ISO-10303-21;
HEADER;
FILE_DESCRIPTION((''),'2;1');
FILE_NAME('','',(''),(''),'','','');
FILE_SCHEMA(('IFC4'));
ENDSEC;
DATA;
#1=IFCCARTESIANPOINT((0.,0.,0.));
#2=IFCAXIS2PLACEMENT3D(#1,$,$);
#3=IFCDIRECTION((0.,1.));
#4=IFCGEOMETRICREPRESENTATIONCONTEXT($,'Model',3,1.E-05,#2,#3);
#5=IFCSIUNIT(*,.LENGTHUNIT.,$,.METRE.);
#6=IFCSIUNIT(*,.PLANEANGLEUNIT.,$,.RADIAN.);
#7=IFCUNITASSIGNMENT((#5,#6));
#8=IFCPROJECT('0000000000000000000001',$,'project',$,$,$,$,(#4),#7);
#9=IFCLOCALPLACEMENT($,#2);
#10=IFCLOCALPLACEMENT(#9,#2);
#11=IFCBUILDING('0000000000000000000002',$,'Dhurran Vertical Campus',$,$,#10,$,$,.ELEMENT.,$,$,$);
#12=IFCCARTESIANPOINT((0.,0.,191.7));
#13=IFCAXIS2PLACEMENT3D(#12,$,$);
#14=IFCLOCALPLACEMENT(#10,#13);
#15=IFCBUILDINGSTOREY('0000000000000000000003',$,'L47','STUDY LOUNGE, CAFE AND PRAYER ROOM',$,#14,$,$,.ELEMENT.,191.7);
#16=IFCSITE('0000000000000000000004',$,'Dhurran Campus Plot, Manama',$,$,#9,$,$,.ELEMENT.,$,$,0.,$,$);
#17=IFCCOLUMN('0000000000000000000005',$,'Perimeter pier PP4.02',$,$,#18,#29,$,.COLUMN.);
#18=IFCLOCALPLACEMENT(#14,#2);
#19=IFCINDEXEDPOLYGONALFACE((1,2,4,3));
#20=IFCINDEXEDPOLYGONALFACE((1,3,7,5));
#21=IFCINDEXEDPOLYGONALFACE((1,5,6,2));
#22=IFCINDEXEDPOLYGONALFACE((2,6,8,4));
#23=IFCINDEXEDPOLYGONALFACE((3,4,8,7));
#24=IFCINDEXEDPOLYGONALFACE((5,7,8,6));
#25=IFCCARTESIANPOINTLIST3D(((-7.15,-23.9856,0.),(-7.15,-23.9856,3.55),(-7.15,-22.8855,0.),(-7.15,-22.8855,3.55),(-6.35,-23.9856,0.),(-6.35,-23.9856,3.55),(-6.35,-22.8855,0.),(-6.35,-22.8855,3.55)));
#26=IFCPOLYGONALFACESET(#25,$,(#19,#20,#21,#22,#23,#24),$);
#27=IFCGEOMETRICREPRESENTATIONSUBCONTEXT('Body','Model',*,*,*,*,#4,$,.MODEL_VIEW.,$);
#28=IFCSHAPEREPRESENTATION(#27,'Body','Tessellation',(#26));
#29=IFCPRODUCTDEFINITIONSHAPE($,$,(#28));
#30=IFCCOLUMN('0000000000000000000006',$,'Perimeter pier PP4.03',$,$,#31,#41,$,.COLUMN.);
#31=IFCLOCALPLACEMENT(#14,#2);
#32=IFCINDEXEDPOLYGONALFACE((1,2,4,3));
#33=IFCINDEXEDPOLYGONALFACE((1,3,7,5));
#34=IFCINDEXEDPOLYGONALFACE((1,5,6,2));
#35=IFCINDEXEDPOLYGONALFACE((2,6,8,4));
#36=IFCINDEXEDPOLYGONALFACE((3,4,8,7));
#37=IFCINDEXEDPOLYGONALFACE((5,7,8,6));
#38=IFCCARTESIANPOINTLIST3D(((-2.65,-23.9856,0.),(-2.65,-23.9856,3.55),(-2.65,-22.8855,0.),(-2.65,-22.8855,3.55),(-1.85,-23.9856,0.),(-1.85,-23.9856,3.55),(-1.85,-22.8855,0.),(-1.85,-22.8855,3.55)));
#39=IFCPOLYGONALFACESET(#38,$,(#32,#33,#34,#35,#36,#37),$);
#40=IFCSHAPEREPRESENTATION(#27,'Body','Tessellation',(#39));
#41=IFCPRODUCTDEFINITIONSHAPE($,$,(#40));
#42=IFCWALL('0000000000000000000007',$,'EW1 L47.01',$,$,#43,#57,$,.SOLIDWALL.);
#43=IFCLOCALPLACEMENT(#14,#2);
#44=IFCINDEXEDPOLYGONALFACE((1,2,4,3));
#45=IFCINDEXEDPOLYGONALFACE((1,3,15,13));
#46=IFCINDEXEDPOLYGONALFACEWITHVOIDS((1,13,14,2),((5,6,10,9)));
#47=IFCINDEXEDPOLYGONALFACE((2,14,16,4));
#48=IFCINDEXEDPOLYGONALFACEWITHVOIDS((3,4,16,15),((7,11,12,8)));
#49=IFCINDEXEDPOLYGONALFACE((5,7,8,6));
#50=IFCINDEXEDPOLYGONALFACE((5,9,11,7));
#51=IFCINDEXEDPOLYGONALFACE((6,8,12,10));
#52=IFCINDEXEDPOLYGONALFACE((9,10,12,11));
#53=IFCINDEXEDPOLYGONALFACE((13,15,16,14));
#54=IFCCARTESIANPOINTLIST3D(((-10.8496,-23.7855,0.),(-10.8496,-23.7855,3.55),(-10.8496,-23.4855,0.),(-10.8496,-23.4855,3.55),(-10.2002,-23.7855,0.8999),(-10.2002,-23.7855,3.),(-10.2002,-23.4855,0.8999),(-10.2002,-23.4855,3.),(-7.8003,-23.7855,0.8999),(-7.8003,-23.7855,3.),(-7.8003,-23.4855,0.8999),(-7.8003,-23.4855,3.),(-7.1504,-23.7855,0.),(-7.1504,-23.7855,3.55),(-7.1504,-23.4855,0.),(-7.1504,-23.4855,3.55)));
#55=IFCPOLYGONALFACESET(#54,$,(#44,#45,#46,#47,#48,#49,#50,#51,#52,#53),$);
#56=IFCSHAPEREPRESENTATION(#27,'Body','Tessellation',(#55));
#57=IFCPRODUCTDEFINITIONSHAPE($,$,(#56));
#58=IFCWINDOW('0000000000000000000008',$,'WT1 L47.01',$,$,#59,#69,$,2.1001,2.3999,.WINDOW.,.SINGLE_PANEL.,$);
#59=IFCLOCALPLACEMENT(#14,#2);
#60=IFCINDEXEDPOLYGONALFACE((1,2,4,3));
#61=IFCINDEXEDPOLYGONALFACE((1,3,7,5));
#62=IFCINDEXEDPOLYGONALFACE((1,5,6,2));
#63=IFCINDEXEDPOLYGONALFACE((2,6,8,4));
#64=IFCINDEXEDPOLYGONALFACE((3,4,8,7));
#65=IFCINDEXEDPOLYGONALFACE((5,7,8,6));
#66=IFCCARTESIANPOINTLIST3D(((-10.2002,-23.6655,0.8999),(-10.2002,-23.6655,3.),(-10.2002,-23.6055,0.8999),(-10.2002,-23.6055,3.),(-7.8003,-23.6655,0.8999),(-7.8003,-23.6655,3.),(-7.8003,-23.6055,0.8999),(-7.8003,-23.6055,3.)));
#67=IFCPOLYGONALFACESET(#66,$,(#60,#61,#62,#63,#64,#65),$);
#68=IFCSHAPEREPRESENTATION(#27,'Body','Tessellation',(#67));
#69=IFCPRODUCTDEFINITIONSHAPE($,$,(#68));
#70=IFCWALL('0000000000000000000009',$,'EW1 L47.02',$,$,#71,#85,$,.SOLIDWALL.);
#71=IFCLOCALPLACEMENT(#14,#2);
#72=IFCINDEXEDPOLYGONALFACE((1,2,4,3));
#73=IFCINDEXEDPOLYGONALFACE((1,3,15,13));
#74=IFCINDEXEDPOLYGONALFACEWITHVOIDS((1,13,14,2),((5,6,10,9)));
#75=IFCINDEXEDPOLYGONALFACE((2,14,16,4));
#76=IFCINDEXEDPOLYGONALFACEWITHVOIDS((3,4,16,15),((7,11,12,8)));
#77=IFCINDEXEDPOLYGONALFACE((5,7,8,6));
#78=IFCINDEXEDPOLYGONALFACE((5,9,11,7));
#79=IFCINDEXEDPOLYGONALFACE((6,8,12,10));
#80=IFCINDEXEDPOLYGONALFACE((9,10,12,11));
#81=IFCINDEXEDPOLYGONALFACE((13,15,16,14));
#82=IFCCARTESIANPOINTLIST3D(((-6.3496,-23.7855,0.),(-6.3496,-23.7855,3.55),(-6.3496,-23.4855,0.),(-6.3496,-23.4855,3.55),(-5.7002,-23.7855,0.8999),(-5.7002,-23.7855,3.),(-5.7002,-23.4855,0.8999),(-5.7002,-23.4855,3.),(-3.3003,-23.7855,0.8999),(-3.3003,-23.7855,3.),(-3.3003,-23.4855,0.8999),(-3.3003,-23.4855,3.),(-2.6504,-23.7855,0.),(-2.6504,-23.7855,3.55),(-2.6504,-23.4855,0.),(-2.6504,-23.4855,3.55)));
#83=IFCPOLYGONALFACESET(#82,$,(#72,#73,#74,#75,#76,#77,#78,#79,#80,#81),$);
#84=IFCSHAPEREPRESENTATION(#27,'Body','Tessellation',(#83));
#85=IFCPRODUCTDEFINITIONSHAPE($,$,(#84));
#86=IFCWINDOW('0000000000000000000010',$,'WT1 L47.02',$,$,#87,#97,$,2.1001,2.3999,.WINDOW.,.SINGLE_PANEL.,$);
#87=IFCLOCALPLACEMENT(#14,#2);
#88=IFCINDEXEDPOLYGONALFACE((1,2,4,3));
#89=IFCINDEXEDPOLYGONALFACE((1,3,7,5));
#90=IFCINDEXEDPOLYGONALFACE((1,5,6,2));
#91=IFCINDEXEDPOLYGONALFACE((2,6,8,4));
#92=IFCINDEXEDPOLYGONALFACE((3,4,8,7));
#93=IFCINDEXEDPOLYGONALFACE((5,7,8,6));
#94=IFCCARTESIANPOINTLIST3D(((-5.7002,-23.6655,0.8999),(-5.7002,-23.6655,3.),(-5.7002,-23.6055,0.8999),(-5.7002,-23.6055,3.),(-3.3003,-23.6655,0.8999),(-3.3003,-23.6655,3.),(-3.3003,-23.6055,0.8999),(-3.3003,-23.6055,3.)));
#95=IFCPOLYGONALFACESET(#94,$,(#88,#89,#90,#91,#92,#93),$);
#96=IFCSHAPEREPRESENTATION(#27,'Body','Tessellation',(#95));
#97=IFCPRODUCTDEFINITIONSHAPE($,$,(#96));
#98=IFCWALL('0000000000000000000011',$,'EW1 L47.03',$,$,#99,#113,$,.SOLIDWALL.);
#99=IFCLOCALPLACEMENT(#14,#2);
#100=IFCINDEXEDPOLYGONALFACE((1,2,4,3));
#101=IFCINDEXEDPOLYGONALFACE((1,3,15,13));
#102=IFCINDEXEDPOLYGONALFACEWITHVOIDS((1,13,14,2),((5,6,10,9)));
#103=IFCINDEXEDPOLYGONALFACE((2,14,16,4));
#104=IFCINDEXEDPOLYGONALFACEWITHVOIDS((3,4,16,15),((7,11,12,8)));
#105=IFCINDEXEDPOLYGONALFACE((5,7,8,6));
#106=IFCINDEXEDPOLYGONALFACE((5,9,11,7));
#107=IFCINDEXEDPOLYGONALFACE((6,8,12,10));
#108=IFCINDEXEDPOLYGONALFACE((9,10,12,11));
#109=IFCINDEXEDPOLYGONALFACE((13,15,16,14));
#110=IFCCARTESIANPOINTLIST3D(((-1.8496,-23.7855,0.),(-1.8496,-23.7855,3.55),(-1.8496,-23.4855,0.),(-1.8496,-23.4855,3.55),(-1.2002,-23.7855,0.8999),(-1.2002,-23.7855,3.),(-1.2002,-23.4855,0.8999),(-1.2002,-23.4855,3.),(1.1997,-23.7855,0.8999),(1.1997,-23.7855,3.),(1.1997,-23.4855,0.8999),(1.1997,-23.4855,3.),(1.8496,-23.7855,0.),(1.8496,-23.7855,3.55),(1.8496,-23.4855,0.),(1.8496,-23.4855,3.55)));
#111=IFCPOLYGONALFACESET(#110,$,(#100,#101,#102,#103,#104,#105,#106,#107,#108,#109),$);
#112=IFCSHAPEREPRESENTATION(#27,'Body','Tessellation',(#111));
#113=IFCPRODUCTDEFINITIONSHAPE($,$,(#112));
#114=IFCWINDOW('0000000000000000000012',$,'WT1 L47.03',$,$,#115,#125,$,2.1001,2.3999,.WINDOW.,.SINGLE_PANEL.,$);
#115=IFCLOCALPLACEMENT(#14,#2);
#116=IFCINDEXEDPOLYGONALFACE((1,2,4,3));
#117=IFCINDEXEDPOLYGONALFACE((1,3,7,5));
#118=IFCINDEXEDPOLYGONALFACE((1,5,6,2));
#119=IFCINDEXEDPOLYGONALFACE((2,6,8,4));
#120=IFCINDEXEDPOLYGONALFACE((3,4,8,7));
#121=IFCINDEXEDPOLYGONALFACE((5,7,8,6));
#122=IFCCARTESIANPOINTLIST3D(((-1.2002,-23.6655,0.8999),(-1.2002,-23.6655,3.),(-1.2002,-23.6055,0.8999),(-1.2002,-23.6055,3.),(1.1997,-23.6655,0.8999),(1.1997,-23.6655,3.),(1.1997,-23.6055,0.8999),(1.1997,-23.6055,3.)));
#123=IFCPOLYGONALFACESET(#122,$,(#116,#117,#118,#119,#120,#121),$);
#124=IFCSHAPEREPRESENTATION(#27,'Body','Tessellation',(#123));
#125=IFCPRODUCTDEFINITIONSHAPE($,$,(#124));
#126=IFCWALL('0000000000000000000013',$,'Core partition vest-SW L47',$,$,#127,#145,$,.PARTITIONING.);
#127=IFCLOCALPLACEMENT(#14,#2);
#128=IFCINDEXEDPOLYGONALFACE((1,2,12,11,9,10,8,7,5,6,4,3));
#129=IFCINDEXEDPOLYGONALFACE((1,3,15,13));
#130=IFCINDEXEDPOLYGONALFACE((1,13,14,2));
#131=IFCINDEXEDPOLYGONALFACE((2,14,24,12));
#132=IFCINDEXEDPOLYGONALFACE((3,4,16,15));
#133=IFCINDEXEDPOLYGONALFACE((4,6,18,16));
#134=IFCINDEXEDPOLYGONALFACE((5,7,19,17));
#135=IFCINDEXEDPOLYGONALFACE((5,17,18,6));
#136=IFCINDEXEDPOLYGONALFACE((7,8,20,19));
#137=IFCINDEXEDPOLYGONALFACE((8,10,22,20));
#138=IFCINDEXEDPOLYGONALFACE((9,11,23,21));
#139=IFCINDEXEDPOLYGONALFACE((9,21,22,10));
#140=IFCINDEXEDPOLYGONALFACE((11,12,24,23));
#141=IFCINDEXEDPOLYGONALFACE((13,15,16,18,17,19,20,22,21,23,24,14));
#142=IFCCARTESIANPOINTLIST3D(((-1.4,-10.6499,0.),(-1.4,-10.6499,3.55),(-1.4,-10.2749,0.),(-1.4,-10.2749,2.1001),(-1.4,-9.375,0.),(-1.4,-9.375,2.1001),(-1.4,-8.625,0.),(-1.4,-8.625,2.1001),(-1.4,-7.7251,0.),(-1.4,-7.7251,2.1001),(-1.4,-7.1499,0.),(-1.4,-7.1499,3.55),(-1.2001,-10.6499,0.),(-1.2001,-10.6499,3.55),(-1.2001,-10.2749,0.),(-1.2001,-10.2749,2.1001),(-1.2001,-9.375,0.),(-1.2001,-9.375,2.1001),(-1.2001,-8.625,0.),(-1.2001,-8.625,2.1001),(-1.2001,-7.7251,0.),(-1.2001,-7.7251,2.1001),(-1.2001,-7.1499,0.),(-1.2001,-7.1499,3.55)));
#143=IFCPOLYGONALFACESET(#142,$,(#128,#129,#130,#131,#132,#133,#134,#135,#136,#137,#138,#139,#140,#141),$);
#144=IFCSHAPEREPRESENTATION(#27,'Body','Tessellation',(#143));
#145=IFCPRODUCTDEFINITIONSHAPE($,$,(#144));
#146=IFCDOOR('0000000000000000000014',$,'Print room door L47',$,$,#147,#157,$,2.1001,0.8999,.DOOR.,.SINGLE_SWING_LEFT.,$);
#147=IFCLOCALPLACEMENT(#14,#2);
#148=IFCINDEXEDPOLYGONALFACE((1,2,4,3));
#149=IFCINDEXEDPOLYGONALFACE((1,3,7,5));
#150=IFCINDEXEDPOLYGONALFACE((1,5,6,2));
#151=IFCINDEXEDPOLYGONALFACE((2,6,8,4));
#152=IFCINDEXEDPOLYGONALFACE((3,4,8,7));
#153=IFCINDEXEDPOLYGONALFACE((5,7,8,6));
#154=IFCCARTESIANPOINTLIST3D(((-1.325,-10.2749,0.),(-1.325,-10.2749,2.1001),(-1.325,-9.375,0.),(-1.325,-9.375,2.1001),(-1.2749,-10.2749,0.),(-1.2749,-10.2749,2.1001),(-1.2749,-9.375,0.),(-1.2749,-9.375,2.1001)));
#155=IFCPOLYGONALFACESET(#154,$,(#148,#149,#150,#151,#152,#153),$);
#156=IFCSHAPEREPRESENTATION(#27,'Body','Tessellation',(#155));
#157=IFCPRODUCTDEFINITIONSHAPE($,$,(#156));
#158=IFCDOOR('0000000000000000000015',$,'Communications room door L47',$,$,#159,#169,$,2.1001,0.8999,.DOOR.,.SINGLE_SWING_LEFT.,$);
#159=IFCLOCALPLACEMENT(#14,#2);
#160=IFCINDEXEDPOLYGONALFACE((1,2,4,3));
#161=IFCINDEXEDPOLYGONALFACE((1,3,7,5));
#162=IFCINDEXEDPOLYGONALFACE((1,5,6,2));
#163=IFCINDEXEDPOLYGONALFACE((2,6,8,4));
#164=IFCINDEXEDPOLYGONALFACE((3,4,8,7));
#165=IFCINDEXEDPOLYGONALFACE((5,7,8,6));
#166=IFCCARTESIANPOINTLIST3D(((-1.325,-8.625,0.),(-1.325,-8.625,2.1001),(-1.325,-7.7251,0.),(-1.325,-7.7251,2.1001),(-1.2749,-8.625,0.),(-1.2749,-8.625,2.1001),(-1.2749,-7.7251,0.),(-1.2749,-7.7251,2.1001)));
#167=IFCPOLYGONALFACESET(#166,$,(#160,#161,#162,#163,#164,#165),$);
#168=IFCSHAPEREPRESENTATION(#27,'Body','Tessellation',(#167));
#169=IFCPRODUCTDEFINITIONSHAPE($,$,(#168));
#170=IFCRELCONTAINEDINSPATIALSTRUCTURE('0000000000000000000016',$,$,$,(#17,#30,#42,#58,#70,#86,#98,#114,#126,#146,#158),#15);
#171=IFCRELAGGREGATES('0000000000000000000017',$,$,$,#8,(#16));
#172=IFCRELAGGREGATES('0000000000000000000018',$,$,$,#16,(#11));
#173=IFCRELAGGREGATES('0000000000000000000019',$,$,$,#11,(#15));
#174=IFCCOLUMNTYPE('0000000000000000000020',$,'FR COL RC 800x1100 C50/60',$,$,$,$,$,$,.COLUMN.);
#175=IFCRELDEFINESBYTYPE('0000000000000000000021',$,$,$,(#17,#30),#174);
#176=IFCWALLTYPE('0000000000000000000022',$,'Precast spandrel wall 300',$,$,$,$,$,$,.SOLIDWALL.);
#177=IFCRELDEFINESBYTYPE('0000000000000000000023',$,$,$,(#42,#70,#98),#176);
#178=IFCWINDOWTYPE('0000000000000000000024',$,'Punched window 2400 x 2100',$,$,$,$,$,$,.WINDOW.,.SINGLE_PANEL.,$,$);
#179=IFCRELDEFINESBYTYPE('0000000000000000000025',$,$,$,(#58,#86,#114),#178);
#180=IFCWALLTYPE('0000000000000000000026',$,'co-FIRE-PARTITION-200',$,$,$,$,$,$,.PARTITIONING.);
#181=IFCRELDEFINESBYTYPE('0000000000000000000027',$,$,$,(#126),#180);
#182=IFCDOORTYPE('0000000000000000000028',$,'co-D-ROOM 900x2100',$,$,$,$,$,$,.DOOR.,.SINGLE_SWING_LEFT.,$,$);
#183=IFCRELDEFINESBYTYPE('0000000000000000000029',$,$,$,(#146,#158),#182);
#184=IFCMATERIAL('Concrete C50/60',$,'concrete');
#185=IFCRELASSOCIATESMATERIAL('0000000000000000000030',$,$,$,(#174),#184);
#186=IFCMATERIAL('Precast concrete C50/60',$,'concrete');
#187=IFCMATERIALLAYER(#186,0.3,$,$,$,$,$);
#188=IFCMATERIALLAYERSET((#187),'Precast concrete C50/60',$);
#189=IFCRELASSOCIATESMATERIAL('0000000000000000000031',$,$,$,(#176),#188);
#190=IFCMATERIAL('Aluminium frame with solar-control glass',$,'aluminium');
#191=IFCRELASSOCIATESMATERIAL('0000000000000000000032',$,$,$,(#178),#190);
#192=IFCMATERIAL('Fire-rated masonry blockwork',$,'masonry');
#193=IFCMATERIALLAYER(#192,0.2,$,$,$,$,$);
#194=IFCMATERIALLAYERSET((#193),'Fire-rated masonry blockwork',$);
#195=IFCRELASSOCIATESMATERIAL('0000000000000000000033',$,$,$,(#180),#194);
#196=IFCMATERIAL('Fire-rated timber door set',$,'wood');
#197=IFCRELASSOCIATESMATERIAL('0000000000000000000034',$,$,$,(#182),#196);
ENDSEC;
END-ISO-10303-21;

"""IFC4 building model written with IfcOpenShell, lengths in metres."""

from ifc_helpers import new_model, si_unit, direction, frame, frame_2d, origin, origin_2d, place, context, subcontext, project, spatial, rectangle, extrude, material, layer, layer_set, material_profile, profile_set, type_object, element, fill, save


model = new_model("IFC4")

# Units and contexts
model_context = context("Model", 3, precision=1e-05, world=origin(), true_north=direction((0.0, 1.0)))
body_context = subcontext(model_context, "Body", "Model", "MODEL_VIEW")
ifc_project = project(units=[si_unit("LENGTHUNIT", "METRE"), si_unit("PLANEANGLEUNIT", "RADIAN")], contexts=[model_context])

# Site, building, storey
site_placement = place(None, origin())
site = spatial("IfcSite", under=ifc_project, at=site_placement, Name="Dhurran Campus Plot, Manama", CompositionType="ELEMENT", RefElevation=0.0)
building_placement = place(site_placement, origin())
building = spatial("IfcBuilding", under=site, at=building_placement, Name="Dhurran Vertical Campus", CompositionType="ELEMENT")
storey_placement = place(building_placement, frame((0.0, 0.0, 191.7)))
storey = spatial("IfcBuildingStorey", under=building, at=storey_placement, Name="L47", Description="STUDY LOUNGE, CAFE AND PRAYER ROOM", CompositionType="ELEMENT", Elevation=191.7)

# Columns
ifc_material_1 = material(Name="Concrete C50/60", Category="concrete")
ifc_material_profile = material_profile(ifc_material_1, rectangle(XDim=0.8, YDim=1.1001, at=origin_2d()), Name="RC 800x1100")
ifc_profile_set = profile_set([ifc_material_profile], Name="Concrete C50/60")
column_type = type_object("IfcColumnType", Name="FR COL RC 800x1100 C50/60", PredefinedType="COLUMN", material=ifc_profile_set)
for number, where, z_axis, x_axis, name in (
    (1, (-6.75, -23.4355, 0.0), (0.0, 0.0, 1.0), (1.0, 0.0, 0.0), "Perimeter pier PP4.02"),
    (2, (-2.25, -23.4355, 0.0), (0.0, 0.0, 1.0), (1.0, 0.0, 0.0), "Perimeter pier PP4.03"),
):
    element("IfcColumn", number, at=place(storey_placement, frame(where, z_axis=z_axis, x_axis=x_axis)), inside=storey, type_object=column_type, Name=name, PredefinedType="COLUMN", context=body_context, shape_type="SweptSolid", body=[
        extrude(rectangle(XDim=0.8, YDim=1.1001, at=origin_2d()), origin(), (0.0, 0.0, 1.0), 3.55),
    ])

# Walls, openings, windows
ifc_material_2 = material(Name="Precast concrete C50/60", Category="concrete")
ifc_layer_1 = layer(ifc_material_2, 0.3)
ifc_layer_set_1 = layer_set([ifc_layer_1], Name="Precast concrete C50/60")
wall_type_1 = type_object("IfcWallType", Name="Precast spandrel wall 300", PredefinedType="SOLIDWALL", material=ifc_layer_set_1)
wall_1_placement = place(storey_placement, frame((-10.8496, -23.6355, 0.0), z_axis=(0.0, 0.0, 1.0), x_axis=(1.0, 0.0, 0.0)))
wall_1 = element("IfcWall", 3, at=wall_1_placement, inside=storey, type_object=wall_type_1, Name="EW1 L47.01", PredefinedType="SOLIDWALL", context=body_context, shape_type="SweptSolid", body=[
    extrude(rectangle(XDim=3.6992, YDim=0.3, at=frame_2d((1.8496, 0.0))), origin(), (0.0, 0.0, 1.0), 3.55),
])
opening_1_placement = place(wall_1_placement, frame((0.6494, 0.0, 0.8999)))
opening_1 = element("IfcOpeningElement", 4, at=opening_1_placement, cuts=wall_1, PredefinedType="OPENING", context=body_context, shape_type="SweptSolid", body=[
    extrude(rectangle(XDim=2.3999, YDim=2.1001, at=frame_2d((1.2, 1.05))), frame((0.0, 0.1599, 0.0), z_axis=(0.0, -1.0, 0.0), x_axis=(1.0, 0.0, 0.0)), (0.0, 0.0, 1.0), 0.3201),
])
ifc_material_3 = material(Name="Aluminium frame with solar-control glass", Category="aluminium")
window_type = type_object("IfcWindowType", Name="Punched window 2400 x 2100", PartitioningType="SINGLE_PANEL", PredefinedType="WINDOW", material=ifc_material_3)
window_1_placement = place(opening_1_placement, origin())
window_1 = element("IfcWindow", 5, at=window_1_placement, inside=storey, type_object=window_type, Name="WT1 L47.01", OverallHeight=2.1001, OverallWidth=2.3999, PartitioningType="SINGLE_PANEL", PredefinedType="WINDOW", context=body_context, shape_type="SweptSolid", body=[
    extrude(rectangle(XDim=2.3999, YDim=2.1001, at=frame_2d((1.2, 1.05))), frame((0.0, 0.03, 0.0), z_axis=(0.0, -1.0, 0.0), x_axis=(1.0, 0.0, 0.0)), (0.0, 0.0, 1.0), 0.0601),
])
fill(opening_1, window_1)
wall_2_placement = place(storey_placement, frame((-6.3496, -23.6355, 0.0), z_axis=(0.0, 0.0, 1.0), x_axis=(1.0, 0.0, 0.0)))
wall_2 = element("IfcWall", 6, at=wall_2_placement, inside=storey, type_object=wall_type_1, Name="EW1 L47.02", PredefinedType="SOLIDWALL", context=body_context, shape_type="SweptSolid", body=[
    extrude(rectangle(XDim=3.6992, YDim=0.3, at=frame_2d((1.8496, 0.0))), origin(), (0.0, 0.0, 1.0), 3.55),
])
opening_2_placement = place(wall_2_placement, frame((0.6494, 0.0, 0.8999)))
opening_2 = element("IfcOpeningElement", 7, at=opening_2_placement, cuts=wall_2, PredefinedType="OPENING", context=body_context, shape_type="SweptSolid", body=[
    extrude(rectangle(XDim=2.3999, YDim=2.1001, at=frame_2d((1.2, 1.05))), frame((0.0, 0.1599, 0.0), z_axis=(0.0, -1.0, 0.0), x_axis=(1.0, 0.0, 0.0)), (0.0, 0.0, 1.0), 0.3201),
])
window_2_placement = place(opening_2_placement, origin())
window_2 = element("IfcWindow", 8, at=window_2_placement, inside=storey, type_object=window_type, Name="WT1 L47.02", OverallHeight=2.1001, OverallWidth=2.3999, PartitioningType="SINGLE_PANEL", PredefinedType="WINDOW", context=body_context, shape_type="SweptSolid", body=[
    extrude(rectangle(XDim=2.3999, YDim=2.1001, at=frame_2d((1.2, 1.05))), frame((0.0, 0.03, 0.0), z_axis=(0.0, -1.0, 0.0), x_axis=(1.0, 0.0, 0.0)), (0.0, 0.0, 1.0), 0.0601),
])
fill(opening_2, window_2)
wall_3_placement = place(storey_placement, frame((-1.8496, -23.6355, 0.0), z_axis=(0.0, 0.0, 1.0), x_axis=(1.0, 0.0, 0.0)))
wall_3 = element("IfcWall", 9, at=wall_3_placement, inside=storey, type_object=wall_type_1, Name="EW1 L47.03", PredefinedType="SOLIDWALL", context=body_context, shape_type="SweptSolid", body=[
    extrude(rectangle(XDim=3.6992, YDim=0.3, at=frame_2d((1.8496, 0.0))), origin(), (0.0, 0.0, 1.0), 3.55),
])
opening_3_placement = place(wall_3_placement, frame((0.6494, 0.0, 0.8999)))
opening_3 = element("IfcOpeningElement", 10, at=opening_3_placement, cuts=wall_3, PredefinedType="OPENING", context=body_context, shape_type="SweptSolid", body=[
    extrude(rectangle(XDim=2.3999, YDim=2.1001, at=frame_2d((1.2, 1.05))), frame((0.0, 0.1599, 0.0), z_axis=(0.0, -1.0, 0.0), x_axis=(1.0, 0.0, 0.0)), (0.0, 0.0, 1.0), 0.3201),
])
window_3_placement = place(opening_3_placement, origin())
window_3 = element("IfcWindow", 11, at=window_3_placement, inside=storey, type_object=window_type, Name="WT1 L47.03", OverallHeight=2.1001, OverallWidth=2.3999, PartitioningType="SINGLE_PANEL", PredefinedType="WINDOW", context=body_context, shape_type="SweptSolid", body=[
    extrude(rectangle(XDim=2.3999, YDim=2.1001, at=frame_2d((1.2, 1.05))), frame((0.0, 0.03, 0.0), z_axis=(0.0, -1.0, 0.0), x_axis=(1.0, 0.0, 0.0)), (0.0, 0.0, 1.0), 0.0601),
])
fill(opening_3, window_3)

# Wall, openings, doors
ifc_material_4 = material(Name="Fire-rated masonry blockwork", Category="masonry")
ifc_layer_2 = layer(ifc_material_4, 0.2)
ifc_layer_set_2 = layer_set([ifc_layer_2], Name="Fire-rated masonry blockwork")
wall_type_2 = type_object("IfcWallType", Name="co-FIRE-PARTITION-200", PredefinedType="PARTITIONING", material=ifc_layer_set_2)
wall_4_placement = place(storey_placement, frame((-1.3, -10.6499, 0.0), z_axis=(0.0, 0.0, 1.0), x_axis=(0.0, 1.0, 0.0)))
wall_4 = element("IfcWall", 12, at=wall_4_placement, inside=storey, type_object=wall_type_2, Name="Core partition vest-SW L47", PredefinedType="PARTITIONING", context=body_context, shape_type="SweptSolid", body=[
    extrude(rectangle(XDim=3.5, YDim=0.2, at=frame_2d((1.75, 0.0))), origin(), (0.0, 0.0, 1.0), 3.55),
])
opening_4_placement = place(wall_4_placement, frame((0.375, 0.0, 0.0)))
opening_4 = element("IfcOpeningElement", 13, at=opening_4_placement, cuts=wall_4, PredefinedType="OPENING", context=body_context, shape_type="SweptSolid", body=[
    extrude(rectangle(XDim=0.8999, YDim=2.1001, at=frame_2d((0.45, 1.05))), frame((0.0, 0.1099, 0.0), z_axis=(0.0, -1.0, 0.0), x_axis=(1.0, 0.0, 0.0)), (0.0, 0.0, 1.0), 0.22),
])
opening_5_placement = place(wall_4_placement, frame((2.0249, 0.0, 0.0)))
opening_5 = element("IfcOpeningElement", 14, at=opening_5_placement, cuts=wall_4, PredefinedType="OPENING", context=body_context, shape_type="SweptSolid", body=[
    extrude(rectangle(XDim=0.8999, YDim=2.1001, at=frame_2d((0.45, 1.05))), frame((0.0, 0.1099, 0.0), z_axis=(0.0, -1.0, 0.0), x_axis=(1.0, 0.0, 0.0)), (0.0, 0.0, 1.0), 0.22),
])
ifc_material_5 = material(Name="Fire-rated timber door set", Category="wood")
door_type_1 = type_object("IfcDoorType", Name="co-D-ROOM 900x2100", OperationType="SINGLE_SWING_LEFT", PredefinedType="DOOR", material=ifc_material_5)
door_1_placement = place(opening_4_placement, origin())
door_1 = element("IfcDoor", 15, at=door_1_placement, inside=storey, type_object=door_type_1, Name="Print room door L47", OperationType="SINGLE_SWING_LEFT", OverallHeight=2.1001, OverallWidth=0.8999, PredefinedType="DOOR", context=body_context, shape_type="SweptSolid", body=[
    extrude(rectangle(XDim=0.8999, YDim=2.1001, at=frame_2d((0.45, 1.05))), frame((0.0, 0.0249, 0.0), z_axis=(0.0, -1.0, 0.0), x_axis=(1.0, 0.0, 0.0)), (0.0, 0.0, 1.0), 0.05),
])
fill(opening_4, door_1)
door_2_placement = place(opening_5_placement, origin())
door_2 = element("IfcDoor", 16, at=door_2_placement, inside=storey, type_object=door_type_1, Name="Communications room door L47", OperationType="SINGLE_SWING_LEFT", OverallHeight=2.1001, OverallWidth=0.8999, PredefinedType="DOOR", context=body_context, shape_type="SweptSolid", body=[
    extrude(rectangle(XDim=0.8999, YDim=2.1001, at=frame_2d((0.45, 1.05))), frame((0.0, 0.0249, 0.0), z_axis=(0.0, -1.0, 0.0), x_axis=(1.0, 0.0, 0.0)), (0.0, 0.0, 1.0), 0.05),
])
fill(opening_5, door_2)

save(model, "model.ifc")
